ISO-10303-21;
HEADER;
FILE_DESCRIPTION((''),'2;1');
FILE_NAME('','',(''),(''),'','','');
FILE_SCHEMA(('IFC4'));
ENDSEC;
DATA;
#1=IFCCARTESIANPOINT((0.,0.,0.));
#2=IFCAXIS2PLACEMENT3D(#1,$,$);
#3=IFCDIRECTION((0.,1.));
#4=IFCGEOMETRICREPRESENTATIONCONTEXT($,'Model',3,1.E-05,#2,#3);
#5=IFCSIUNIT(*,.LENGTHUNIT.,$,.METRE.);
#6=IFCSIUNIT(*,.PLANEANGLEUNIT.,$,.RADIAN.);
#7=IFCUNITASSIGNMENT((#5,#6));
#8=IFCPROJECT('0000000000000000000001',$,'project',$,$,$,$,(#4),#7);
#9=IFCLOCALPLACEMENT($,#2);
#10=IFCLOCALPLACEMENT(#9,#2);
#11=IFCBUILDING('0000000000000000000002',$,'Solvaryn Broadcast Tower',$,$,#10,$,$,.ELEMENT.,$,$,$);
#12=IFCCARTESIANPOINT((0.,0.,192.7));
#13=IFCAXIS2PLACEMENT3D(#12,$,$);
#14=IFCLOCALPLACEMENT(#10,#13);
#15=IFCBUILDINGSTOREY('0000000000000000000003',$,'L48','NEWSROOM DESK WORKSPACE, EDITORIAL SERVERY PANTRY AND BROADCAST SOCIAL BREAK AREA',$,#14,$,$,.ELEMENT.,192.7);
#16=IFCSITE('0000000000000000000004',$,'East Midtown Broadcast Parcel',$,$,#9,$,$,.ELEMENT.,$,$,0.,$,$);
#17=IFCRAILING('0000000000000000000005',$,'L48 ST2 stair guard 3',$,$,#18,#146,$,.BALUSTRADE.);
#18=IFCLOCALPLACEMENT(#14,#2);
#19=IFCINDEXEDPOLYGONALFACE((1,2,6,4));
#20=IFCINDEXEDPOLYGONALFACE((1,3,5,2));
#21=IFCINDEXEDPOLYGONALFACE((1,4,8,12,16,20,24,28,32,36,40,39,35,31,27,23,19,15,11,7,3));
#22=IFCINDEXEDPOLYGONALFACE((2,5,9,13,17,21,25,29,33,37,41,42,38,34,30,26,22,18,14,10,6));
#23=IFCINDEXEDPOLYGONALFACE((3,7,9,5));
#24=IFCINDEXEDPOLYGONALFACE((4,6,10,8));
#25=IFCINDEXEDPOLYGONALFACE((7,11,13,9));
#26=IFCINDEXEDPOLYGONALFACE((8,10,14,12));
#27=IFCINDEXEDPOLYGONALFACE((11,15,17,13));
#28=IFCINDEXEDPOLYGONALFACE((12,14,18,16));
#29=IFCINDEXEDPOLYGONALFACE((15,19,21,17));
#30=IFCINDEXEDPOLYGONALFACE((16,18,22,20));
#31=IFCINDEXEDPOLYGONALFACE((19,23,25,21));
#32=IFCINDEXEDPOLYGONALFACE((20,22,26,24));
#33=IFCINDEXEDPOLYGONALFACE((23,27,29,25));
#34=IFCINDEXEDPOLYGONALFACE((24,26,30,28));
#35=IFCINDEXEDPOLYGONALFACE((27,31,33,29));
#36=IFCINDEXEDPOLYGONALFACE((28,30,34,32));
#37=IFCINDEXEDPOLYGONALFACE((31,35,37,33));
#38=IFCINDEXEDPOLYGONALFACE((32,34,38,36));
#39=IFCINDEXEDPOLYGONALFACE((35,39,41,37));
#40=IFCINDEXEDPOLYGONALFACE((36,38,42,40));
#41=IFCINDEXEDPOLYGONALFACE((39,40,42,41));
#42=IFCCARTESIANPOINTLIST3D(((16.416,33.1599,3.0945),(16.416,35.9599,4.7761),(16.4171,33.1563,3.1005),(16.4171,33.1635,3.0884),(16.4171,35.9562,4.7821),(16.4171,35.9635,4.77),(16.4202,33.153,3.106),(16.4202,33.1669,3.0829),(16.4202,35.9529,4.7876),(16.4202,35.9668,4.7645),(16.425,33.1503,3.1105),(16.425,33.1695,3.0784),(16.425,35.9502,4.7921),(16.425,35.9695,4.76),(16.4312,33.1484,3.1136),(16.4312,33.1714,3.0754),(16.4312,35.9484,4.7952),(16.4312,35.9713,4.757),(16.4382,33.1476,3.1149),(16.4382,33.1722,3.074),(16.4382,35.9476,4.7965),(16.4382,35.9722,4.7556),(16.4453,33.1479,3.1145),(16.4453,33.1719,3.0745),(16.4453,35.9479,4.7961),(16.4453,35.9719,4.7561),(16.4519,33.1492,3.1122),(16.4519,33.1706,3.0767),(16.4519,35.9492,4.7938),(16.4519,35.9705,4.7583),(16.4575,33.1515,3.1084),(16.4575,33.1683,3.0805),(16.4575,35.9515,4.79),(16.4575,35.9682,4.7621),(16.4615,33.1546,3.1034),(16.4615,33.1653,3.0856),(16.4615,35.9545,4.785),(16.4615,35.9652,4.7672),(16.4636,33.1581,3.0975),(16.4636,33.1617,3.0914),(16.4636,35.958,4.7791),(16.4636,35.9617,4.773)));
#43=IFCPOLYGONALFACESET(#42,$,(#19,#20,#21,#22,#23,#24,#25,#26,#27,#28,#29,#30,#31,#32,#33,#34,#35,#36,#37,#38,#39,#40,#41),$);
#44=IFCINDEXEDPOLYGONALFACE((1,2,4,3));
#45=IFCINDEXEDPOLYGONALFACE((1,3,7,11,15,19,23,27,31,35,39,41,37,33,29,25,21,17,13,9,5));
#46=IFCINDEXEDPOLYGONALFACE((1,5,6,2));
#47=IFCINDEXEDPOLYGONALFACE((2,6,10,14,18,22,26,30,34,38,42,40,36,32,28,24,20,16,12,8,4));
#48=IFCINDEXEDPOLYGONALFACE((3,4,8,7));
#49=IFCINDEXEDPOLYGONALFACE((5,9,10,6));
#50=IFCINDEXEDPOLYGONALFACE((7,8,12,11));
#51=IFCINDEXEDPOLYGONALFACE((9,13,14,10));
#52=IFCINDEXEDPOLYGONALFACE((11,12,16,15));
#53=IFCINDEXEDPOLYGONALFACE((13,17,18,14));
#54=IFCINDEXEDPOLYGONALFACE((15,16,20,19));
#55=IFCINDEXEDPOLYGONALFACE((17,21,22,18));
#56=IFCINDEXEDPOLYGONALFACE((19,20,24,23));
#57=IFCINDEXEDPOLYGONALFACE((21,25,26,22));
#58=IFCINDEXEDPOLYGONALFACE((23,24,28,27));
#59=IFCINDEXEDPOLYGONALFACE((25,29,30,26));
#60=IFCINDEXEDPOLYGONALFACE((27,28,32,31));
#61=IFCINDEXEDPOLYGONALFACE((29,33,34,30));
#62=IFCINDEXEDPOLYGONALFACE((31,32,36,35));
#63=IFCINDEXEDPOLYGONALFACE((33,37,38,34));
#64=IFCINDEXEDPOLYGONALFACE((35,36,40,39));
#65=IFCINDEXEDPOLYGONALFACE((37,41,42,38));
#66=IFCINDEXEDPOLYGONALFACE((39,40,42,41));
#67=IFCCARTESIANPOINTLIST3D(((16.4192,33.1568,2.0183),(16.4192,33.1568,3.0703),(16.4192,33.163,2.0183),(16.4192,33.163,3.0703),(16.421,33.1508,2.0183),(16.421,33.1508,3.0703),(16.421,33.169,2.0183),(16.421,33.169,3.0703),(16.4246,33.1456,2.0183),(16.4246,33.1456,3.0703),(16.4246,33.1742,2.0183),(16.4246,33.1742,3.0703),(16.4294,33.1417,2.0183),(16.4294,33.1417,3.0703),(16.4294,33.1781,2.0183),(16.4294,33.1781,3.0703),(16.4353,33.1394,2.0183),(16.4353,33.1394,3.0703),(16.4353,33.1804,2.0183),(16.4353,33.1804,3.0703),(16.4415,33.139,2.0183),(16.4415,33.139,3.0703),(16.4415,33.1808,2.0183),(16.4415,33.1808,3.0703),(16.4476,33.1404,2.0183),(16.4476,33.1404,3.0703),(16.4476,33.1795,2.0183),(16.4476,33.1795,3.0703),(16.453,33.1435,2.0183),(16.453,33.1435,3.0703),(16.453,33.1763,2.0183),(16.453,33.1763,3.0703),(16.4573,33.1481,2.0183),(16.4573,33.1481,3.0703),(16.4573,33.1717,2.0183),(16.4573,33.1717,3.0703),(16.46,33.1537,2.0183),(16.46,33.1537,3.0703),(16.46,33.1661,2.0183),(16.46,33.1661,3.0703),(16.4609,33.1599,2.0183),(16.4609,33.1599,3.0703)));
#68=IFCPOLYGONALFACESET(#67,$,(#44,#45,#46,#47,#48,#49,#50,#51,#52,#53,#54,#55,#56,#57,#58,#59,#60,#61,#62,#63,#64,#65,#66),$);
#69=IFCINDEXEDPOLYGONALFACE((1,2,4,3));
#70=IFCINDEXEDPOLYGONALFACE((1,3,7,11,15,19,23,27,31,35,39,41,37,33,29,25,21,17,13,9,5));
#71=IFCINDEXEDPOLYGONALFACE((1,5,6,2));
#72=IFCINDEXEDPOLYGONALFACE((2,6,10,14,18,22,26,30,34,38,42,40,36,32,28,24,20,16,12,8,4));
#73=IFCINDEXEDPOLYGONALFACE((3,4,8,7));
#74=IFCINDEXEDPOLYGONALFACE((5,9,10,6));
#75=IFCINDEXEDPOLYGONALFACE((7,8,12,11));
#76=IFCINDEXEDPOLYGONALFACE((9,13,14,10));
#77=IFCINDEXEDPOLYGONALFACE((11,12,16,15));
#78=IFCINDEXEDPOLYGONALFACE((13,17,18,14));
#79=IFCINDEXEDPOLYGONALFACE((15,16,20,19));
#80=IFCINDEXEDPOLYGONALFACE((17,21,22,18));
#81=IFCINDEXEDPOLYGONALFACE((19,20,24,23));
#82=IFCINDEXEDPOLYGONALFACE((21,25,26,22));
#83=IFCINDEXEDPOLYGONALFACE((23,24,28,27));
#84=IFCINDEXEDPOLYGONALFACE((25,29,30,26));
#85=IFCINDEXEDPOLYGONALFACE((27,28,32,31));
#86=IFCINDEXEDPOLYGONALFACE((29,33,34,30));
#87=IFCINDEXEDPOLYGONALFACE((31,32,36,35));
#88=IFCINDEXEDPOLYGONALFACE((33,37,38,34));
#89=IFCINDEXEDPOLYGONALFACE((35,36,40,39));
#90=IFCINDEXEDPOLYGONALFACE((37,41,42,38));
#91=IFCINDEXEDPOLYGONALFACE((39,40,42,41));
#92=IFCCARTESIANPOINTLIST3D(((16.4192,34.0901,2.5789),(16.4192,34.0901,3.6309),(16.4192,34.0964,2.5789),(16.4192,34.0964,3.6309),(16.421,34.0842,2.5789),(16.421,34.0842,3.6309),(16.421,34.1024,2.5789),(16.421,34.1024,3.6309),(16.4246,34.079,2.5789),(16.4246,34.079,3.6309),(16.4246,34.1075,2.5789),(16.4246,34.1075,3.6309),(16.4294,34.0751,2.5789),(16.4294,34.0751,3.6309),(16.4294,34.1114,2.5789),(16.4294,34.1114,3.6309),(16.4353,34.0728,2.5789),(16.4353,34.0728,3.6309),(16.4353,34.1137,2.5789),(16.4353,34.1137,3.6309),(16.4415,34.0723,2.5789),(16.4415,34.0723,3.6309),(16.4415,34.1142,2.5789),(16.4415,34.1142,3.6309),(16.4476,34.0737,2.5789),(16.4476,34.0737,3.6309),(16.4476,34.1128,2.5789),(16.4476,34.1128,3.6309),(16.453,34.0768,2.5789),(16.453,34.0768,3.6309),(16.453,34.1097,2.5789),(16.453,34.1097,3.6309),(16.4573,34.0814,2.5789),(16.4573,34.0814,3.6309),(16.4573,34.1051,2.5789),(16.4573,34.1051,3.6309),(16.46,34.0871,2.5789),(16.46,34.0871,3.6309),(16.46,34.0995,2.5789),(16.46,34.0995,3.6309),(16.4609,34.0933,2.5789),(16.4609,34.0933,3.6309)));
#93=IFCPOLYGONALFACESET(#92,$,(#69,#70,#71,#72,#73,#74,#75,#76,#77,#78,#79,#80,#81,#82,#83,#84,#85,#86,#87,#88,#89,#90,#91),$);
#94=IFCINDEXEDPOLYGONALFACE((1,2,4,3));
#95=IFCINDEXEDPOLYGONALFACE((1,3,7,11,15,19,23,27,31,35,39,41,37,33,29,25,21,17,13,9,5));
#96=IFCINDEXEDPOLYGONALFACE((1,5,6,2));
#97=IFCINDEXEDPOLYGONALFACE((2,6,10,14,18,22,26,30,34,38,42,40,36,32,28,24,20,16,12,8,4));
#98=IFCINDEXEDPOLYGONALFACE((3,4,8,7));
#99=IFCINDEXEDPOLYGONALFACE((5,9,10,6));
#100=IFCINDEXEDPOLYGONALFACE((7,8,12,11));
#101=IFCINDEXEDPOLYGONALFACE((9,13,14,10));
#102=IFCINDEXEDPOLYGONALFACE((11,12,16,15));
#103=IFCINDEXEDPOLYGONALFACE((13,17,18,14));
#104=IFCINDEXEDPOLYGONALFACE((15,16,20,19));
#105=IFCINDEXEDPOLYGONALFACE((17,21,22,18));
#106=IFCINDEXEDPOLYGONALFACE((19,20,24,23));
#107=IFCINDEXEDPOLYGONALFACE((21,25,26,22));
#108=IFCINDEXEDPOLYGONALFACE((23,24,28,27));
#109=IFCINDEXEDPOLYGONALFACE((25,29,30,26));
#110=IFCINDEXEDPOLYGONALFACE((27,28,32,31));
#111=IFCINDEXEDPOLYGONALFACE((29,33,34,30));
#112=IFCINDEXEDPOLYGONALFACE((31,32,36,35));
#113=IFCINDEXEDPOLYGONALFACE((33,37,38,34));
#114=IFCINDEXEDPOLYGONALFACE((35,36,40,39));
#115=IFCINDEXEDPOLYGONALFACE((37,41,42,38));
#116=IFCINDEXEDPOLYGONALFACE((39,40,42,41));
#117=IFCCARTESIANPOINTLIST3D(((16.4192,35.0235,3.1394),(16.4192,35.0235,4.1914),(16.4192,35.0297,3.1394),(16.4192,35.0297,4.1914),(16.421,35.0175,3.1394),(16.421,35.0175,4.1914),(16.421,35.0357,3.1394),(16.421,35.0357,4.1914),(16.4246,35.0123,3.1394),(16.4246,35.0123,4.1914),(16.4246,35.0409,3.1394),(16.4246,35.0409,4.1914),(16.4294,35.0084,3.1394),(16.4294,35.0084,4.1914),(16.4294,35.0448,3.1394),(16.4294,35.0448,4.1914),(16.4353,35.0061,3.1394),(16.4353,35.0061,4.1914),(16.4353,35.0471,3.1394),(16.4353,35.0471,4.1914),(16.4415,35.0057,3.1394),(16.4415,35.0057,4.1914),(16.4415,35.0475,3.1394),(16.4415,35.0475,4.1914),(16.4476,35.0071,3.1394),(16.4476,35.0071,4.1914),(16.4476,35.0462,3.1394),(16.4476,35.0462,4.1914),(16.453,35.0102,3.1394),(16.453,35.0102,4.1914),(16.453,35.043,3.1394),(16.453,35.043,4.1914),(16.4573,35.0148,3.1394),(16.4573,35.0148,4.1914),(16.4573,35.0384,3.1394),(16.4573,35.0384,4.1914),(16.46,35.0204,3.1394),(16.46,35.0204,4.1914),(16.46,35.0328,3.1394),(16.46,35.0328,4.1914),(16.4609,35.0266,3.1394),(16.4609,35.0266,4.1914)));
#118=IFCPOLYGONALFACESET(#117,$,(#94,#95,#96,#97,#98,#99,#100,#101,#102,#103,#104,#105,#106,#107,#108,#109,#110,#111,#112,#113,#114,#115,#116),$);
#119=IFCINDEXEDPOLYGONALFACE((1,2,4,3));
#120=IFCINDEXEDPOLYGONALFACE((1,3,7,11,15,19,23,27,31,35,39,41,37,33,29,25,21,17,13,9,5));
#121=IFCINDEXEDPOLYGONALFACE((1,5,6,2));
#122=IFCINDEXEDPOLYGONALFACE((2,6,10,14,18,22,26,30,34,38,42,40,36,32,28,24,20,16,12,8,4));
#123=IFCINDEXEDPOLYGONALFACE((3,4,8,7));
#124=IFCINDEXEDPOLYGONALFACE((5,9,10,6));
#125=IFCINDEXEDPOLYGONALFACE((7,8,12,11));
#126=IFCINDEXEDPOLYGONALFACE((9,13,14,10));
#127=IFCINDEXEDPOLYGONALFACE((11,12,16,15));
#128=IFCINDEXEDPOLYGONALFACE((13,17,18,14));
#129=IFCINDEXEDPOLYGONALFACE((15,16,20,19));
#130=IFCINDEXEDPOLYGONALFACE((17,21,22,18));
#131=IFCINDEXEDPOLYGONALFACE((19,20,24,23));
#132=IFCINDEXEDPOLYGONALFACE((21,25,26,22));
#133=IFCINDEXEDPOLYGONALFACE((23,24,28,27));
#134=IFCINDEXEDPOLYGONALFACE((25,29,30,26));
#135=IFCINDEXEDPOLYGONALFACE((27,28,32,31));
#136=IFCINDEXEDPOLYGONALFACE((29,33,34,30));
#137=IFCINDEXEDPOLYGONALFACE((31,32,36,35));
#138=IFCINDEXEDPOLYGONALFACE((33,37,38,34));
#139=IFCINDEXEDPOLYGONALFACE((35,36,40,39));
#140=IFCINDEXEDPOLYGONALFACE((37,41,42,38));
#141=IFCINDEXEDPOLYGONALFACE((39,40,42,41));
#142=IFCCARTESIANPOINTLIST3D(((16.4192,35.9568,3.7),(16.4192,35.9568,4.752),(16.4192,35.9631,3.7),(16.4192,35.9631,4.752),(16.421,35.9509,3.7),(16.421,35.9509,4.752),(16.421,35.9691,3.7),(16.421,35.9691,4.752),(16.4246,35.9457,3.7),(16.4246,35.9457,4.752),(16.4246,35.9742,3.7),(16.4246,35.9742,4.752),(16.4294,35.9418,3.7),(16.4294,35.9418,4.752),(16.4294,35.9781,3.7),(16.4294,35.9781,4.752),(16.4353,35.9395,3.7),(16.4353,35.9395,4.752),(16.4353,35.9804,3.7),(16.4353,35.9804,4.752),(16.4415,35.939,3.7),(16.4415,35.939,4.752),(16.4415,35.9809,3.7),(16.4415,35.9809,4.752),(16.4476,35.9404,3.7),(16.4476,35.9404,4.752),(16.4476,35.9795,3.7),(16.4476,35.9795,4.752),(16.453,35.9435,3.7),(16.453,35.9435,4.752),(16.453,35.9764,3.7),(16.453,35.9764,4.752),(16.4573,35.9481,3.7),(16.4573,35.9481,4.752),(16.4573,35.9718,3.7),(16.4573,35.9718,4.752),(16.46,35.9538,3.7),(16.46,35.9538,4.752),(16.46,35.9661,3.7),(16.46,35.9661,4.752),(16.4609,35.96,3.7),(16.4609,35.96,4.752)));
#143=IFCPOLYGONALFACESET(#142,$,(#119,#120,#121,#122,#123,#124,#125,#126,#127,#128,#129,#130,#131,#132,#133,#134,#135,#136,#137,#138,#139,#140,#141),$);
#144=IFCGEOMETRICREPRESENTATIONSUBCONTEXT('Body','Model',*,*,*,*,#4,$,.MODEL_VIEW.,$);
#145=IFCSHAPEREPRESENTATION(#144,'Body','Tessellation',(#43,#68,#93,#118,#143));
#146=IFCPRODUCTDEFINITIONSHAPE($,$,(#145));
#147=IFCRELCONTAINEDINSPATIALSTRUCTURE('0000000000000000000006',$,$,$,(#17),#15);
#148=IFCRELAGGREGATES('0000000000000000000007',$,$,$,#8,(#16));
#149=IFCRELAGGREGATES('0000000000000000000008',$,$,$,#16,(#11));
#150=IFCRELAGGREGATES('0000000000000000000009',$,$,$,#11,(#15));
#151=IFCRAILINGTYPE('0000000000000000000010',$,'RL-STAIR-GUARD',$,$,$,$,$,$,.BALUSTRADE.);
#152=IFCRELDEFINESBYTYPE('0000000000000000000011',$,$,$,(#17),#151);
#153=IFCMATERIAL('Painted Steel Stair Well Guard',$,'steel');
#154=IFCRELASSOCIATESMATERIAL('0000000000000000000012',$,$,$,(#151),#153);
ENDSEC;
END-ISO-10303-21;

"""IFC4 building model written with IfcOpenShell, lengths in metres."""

from ifc_helpers import new_model, si_unit, direction, frame, origin, origin_2d, place, context, subcontext, project, spatial, circle, extrude, material, type_object, element, save


model = new_model("IFC4")

# Units and contexts
model_context = context("Model", 3, precision=1e-05, world=origin(), true_north=direction((0.0, 1.0)))
body_context = subcontext(model_context, "Body", "Model", "MODEL_VIEW")
ifc_project = project(units=[si_unit("LENGTHUNIT", "METRE"), si_unit("PLANEANGLEUNIT", "RADIAN")], contexts=[model_context])

# Site, building, storey
site_placement = place(None, origin())
site = spatial("IfcSite", under=ifc_project, at=site_placement, Name="East Midtown Broadcast Parcel", CompositionType="ELEMENT", RefElevation=0.0)
building_placement = place(site_placement, origin())
building = spatial("IfcBuilding", under=site, at=building_placement, Name="Solvaryn Broadcast Tower", CompositionType="ELEMENT")
storey_placement = place(building_placement, frame((0.0, 0.0, 192.7)))
storey = spatial("IfcBuildingStorey", under=building, at=storey_placement, Name="L48", Description="NEWSROOM DESK WORKSPACE, EDITORIAL SERVERY PANTRY AND BROADCAST SOCIAL BREAK AREA", CompositionType="ELEMENT", Elevation=192.7)

# Railing
ifc_material_1 = material(Name="Painted Steel Stair Well Guard", Category="steel")
railing_type_1 = type_object("IfcRailingType", Name="RL-STAIR-GUARD", PredefinedType="BALUSTRADE", material=ifc_material_1)
railing_1_placement = place(storey_placement, frame((16.4399, 33.1599, 2.0183)))
element("IfcRailing", 1, at=railing_1_placement, inside=storey, type_object=railing_type_1, Name="L48 ST2 stair guard 3", PredefinedType="BALUSTRADE", context=body_context, shape_type="SweptSolid", body=[
    extrude(circle(Radius=0.0239, at=origin_2d()), frame((0.0, 0.0, 1.0762), z_axis=(0.0, 0.857275, 0.514858), x_axis=(-1.0, 0.0, 0.0)), (0.0, 0.0, 1.0), 3.2661),
    extrude(circle(Radius=0.021, at=origin_2d()), origin(), (0.0, 0.0, 1.0), 1.052),
    extrude(circle(Radius=0.021, at=origin_2d()), frame((0.0, 0.9333, 0.5605)), (0.0, 0.0, 1.0), 1.052),
    extrude(circle(Radius=0.021, at=origin_2d()), frame((0.0, 1.8667, 1.1211)), (0.0, 0.0, 1.0), 1.052),
    extrude(circle(Radius=0.021, at=origin_2d()), frame((0.0, 2.8, 1.6816)), (0.0, 0.0, 1.0), 1.052),
])

save(model, "model.ifc")
